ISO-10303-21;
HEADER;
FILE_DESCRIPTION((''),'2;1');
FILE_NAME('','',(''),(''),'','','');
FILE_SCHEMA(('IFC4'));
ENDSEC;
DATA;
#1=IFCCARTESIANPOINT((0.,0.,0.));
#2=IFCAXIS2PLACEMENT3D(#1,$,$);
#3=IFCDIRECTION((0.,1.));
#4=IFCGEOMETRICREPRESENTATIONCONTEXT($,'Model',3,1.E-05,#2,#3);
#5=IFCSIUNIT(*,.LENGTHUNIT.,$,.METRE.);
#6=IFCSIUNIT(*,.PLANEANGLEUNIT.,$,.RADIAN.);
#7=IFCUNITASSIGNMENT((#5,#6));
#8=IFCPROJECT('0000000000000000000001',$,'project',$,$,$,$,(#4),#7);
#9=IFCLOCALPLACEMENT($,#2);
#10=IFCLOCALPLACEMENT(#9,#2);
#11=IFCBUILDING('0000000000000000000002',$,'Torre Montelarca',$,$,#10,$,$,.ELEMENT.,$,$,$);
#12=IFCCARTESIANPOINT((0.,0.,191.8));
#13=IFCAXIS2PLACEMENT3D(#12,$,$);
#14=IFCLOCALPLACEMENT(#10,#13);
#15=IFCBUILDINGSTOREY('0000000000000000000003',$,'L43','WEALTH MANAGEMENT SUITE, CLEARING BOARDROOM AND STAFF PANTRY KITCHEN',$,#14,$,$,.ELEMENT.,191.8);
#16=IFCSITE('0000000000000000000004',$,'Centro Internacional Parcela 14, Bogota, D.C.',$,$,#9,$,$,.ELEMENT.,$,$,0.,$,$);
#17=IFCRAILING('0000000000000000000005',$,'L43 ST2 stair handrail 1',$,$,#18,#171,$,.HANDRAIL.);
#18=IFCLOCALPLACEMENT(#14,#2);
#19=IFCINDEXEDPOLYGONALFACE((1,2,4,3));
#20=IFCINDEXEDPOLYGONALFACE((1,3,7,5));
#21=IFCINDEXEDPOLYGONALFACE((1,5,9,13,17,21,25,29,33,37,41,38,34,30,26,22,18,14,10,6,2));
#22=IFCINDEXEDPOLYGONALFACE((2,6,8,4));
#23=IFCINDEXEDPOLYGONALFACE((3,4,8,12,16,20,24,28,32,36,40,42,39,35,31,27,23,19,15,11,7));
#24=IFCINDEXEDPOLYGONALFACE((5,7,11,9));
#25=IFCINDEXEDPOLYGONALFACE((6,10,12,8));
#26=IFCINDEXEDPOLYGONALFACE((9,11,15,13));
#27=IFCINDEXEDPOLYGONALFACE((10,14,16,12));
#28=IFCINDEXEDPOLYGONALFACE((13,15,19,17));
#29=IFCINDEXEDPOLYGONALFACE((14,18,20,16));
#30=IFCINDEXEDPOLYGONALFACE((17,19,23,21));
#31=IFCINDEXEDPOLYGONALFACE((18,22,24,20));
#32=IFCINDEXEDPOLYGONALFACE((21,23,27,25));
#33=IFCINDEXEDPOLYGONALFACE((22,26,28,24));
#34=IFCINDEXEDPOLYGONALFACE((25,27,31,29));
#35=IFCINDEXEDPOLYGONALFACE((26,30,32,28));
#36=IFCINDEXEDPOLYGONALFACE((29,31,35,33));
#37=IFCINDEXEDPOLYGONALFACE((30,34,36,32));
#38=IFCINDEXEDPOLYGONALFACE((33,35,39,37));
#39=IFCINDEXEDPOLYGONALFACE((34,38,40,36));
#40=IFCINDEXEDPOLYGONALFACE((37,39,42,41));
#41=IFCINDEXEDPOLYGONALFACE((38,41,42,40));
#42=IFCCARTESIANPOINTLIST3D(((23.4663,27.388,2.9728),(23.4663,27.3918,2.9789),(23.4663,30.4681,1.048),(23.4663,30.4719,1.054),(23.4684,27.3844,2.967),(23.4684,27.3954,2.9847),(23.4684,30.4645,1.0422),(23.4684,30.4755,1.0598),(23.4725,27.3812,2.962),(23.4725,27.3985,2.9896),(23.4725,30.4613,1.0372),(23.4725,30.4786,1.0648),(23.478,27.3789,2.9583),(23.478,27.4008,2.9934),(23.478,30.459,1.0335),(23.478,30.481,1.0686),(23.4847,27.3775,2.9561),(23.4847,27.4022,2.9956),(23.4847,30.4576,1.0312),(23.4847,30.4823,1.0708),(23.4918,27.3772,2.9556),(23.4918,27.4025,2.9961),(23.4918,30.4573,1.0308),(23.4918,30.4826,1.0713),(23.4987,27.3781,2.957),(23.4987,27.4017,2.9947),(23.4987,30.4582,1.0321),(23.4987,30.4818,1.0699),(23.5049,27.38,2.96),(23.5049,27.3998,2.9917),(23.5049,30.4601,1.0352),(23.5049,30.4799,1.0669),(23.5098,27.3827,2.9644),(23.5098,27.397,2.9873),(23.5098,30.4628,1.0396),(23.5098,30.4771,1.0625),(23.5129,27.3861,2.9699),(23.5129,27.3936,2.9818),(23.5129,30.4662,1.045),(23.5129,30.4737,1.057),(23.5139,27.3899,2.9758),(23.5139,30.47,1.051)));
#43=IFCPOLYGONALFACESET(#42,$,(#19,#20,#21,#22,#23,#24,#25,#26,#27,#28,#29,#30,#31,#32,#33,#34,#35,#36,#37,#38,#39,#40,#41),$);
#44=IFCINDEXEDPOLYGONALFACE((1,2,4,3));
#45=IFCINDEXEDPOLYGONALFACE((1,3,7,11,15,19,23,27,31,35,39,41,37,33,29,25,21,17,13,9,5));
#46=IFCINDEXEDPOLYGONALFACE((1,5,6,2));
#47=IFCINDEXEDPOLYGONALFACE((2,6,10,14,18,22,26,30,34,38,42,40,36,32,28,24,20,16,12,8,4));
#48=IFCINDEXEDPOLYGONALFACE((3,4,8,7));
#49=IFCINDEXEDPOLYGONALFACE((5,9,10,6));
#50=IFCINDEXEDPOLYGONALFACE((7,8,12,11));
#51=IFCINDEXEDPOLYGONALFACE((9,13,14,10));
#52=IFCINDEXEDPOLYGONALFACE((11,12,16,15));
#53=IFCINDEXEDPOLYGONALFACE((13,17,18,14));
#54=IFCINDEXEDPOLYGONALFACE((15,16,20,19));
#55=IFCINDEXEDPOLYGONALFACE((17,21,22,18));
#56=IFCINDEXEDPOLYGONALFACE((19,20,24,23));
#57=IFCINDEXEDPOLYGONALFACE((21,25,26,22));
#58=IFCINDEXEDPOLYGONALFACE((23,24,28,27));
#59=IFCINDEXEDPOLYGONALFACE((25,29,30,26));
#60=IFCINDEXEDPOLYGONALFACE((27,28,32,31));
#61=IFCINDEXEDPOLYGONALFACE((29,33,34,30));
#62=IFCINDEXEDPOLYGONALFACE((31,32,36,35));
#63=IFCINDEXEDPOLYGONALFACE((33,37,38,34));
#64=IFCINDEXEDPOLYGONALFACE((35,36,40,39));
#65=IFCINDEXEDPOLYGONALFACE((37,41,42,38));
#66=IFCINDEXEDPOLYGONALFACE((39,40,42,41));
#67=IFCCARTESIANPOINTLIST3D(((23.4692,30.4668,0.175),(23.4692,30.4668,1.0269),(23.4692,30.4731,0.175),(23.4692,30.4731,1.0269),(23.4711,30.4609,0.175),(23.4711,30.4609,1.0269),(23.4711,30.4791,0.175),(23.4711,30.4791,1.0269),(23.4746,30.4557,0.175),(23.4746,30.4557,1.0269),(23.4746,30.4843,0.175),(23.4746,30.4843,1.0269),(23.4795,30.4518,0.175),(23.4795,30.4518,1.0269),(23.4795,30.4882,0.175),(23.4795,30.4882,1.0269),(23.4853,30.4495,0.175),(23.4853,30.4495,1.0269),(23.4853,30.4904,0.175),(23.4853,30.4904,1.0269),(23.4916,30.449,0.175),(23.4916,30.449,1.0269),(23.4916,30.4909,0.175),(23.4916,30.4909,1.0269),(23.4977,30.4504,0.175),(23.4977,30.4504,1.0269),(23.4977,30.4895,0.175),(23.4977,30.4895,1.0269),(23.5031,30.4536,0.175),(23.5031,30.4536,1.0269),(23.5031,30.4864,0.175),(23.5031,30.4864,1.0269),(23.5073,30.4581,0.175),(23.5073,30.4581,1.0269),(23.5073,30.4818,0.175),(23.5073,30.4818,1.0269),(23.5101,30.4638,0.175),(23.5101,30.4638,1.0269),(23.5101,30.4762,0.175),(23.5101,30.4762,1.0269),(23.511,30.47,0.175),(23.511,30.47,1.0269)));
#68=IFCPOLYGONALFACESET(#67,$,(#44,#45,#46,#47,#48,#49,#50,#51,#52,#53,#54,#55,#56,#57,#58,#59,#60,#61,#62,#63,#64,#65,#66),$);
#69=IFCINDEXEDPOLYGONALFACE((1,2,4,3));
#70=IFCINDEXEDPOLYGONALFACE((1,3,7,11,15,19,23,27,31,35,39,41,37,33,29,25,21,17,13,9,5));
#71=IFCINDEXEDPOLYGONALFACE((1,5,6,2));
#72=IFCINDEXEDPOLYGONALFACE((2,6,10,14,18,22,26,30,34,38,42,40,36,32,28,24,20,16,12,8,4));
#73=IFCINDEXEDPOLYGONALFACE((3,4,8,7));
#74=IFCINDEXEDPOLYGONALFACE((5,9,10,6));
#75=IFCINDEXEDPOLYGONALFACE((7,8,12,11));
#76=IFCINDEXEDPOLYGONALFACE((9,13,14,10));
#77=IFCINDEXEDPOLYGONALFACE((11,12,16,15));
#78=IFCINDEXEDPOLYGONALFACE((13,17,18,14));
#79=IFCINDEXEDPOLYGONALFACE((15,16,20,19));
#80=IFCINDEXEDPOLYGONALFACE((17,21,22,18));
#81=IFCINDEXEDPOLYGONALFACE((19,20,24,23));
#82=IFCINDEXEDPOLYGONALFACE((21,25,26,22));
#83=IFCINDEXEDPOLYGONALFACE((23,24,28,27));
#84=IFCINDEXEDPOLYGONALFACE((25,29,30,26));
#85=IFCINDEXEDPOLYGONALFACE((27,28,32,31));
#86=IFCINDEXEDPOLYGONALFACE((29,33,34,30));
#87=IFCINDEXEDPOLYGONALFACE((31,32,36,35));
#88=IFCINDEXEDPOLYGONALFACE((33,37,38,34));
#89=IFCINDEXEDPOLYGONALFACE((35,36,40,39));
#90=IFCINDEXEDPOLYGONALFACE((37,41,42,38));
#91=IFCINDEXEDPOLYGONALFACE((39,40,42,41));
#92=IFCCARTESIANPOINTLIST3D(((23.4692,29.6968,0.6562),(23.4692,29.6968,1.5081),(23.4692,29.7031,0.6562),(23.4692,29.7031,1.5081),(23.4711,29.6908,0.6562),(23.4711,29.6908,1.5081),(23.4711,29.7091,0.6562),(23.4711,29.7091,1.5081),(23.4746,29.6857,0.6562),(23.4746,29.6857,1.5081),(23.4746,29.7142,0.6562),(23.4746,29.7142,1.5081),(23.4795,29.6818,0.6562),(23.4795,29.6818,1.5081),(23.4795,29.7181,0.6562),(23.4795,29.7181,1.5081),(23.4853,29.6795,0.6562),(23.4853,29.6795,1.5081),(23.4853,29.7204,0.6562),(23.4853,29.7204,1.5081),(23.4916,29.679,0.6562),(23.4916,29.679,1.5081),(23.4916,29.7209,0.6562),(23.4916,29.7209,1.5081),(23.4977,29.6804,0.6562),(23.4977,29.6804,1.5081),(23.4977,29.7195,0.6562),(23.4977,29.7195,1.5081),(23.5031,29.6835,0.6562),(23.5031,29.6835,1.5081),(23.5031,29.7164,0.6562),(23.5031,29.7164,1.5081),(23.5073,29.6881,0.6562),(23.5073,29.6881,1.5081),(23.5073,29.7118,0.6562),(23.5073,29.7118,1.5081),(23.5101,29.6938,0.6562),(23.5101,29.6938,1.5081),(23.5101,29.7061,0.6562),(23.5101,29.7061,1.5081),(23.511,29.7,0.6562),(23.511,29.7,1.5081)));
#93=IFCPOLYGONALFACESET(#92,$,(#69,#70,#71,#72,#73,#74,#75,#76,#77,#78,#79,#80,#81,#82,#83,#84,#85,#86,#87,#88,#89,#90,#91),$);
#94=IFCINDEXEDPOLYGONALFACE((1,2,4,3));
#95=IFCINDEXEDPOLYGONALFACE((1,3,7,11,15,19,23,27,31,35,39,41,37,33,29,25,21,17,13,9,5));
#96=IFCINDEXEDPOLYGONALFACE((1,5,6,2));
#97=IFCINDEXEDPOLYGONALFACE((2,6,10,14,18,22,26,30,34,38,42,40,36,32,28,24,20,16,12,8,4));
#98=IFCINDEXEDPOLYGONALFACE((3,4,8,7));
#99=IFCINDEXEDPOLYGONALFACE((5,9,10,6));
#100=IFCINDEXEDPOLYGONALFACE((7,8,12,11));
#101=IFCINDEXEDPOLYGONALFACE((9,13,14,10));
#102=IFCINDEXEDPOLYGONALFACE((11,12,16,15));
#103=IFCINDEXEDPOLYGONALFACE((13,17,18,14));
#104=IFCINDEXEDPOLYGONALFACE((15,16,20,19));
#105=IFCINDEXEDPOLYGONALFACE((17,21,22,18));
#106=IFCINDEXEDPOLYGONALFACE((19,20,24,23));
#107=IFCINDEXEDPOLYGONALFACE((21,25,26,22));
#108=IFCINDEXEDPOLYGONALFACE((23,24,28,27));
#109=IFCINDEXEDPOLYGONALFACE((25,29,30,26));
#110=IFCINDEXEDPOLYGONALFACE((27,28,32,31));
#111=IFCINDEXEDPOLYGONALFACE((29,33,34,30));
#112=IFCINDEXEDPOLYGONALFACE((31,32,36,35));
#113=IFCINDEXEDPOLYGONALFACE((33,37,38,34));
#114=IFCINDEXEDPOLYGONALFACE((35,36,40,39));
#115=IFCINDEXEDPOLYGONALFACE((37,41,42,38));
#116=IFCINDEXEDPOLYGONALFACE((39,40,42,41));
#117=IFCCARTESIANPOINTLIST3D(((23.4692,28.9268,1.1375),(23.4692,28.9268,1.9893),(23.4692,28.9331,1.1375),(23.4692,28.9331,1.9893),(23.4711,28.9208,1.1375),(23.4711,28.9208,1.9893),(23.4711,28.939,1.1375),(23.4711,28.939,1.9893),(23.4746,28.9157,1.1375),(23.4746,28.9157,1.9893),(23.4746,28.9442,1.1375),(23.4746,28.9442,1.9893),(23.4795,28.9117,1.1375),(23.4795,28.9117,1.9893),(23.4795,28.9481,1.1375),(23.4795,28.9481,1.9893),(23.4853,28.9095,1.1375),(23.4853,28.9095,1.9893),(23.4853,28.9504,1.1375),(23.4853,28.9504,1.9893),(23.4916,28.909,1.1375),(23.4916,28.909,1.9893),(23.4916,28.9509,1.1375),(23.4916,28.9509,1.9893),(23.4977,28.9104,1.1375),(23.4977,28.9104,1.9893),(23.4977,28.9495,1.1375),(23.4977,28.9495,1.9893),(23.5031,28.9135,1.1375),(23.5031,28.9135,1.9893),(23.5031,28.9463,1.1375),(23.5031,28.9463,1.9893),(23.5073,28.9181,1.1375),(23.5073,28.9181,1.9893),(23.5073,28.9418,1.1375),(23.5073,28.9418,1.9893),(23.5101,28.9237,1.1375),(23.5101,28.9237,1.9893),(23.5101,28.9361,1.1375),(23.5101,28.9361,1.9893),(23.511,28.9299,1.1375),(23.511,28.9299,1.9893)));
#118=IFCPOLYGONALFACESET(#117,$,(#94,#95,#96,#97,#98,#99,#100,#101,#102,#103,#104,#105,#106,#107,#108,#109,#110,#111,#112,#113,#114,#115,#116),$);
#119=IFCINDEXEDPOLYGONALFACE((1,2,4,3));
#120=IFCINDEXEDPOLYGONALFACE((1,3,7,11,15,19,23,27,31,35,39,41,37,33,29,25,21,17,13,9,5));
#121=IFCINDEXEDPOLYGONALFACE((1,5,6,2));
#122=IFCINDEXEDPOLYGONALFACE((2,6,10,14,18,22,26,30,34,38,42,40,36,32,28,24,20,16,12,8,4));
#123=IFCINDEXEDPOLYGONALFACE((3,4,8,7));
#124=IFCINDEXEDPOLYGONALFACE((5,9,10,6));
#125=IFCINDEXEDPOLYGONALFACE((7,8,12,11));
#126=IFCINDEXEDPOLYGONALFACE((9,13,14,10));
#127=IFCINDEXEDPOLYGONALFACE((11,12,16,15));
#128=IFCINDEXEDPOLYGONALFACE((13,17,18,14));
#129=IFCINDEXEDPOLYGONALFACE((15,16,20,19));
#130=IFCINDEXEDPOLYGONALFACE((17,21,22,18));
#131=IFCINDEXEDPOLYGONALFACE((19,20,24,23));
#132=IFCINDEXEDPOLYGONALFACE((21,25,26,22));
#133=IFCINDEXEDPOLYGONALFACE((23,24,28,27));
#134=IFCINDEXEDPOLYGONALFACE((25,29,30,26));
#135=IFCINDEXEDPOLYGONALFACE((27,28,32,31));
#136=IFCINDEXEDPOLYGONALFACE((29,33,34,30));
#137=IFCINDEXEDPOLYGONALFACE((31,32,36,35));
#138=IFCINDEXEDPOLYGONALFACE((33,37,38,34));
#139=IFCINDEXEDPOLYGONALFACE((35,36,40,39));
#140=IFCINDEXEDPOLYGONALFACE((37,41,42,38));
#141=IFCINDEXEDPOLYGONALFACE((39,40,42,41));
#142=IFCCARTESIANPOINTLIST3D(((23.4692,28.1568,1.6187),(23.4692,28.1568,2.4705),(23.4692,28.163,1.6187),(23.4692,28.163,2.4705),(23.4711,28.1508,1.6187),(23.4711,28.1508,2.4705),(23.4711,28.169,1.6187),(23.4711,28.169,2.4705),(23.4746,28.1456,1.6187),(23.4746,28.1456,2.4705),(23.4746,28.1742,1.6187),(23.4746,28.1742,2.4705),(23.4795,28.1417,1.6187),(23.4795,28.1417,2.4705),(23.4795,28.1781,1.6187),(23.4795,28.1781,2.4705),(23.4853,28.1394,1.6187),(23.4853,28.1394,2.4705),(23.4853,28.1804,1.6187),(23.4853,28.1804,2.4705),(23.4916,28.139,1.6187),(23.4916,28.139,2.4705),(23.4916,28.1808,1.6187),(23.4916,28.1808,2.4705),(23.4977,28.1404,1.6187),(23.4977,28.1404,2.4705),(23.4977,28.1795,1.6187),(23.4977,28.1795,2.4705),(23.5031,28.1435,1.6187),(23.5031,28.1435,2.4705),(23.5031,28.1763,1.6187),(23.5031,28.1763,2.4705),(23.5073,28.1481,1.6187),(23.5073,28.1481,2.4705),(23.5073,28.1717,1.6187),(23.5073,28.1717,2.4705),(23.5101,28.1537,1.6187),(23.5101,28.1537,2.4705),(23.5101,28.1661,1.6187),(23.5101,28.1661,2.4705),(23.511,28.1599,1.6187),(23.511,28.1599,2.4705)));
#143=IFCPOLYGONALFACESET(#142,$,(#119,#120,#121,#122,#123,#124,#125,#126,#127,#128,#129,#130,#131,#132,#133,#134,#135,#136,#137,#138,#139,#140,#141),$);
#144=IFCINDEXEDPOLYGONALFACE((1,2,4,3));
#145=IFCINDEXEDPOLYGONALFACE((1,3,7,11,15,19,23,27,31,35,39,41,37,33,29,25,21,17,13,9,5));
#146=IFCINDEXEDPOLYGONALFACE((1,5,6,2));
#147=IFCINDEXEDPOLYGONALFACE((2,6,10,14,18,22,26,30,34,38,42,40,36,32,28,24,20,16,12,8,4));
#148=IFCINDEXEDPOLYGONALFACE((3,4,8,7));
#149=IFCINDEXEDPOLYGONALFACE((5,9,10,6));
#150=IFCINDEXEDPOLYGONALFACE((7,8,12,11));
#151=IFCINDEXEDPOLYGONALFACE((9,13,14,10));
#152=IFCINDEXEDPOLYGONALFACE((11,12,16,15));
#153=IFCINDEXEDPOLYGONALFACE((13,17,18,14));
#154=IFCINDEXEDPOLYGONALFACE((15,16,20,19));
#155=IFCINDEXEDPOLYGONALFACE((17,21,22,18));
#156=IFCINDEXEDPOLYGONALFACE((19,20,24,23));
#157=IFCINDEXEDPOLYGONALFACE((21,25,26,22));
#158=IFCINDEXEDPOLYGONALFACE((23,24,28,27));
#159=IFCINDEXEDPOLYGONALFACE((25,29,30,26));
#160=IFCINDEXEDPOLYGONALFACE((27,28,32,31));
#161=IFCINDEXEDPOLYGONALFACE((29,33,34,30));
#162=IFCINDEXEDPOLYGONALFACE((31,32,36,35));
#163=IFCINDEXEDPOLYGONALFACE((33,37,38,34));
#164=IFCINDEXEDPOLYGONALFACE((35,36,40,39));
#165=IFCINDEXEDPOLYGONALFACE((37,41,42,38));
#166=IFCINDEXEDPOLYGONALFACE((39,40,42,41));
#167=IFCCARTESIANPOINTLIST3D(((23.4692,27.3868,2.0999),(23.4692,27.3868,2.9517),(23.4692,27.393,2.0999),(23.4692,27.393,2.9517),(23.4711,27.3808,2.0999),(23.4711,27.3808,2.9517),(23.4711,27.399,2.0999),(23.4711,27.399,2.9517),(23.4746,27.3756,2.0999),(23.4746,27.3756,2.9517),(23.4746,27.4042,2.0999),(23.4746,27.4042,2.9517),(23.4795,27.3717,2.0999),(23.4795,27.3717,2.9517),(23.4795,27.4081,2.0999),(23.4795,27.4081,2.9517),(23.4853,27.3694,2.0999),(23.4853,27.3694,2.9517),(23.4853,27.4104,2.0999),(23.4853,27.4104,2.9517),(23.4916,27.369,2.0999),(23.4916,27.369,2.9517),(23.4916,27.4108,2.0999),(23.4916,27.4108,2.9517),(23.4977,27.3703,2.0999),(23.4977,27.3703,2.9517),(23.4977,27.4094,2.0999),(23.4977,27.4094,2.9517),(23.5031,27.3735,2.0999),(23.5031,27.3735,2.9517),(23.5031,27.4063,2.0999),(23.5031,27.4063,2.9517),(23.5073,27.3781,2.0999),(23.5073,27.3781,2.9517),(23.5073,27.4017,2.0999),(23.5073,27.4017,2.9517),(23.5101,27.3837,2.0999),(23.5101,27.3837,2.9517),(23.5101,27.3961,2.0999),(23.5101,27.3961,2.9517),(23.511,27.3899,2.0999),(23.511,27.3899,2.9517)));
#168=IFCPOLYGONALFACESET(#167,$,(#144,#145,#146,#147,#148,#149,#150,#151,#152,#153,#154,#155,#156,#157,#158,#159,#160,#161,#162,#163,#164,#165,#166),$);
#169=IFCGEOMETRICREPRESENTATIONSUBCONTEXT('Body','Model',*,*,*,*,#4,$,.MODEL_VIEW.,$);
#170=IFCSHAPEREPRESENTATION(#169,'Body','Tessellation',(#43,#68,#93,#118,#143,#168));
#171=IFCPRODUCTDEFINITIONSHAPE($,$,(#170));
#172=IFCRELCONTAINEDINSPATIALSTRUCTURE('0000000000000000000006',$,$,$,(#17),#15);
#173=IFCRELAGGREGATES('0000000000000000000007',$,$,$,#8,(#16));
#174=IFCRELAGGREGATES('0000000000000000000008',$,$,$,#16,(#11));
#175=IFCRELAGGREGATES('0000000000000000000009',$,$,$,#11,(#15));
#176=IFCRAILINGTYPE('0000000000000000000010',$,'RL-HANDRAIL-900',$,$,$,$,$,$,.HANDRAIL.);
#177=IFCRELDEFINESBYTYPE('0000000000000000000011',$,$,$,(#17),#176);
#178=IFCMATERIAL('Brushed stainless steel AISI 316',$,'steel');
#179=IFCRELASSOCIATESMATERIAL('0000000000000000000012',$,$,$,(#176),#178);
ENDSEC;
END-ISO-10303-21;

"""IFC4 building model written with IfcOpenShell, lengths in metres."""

from ifc_helpers import new_model, si_unit, direction, frame, origin, origin_2d, place, context, subcontext, project, spatial, circle, extrude, material, type_object, element, save


model = new_model("IFC4")

# Units and contexts
model_context = context("Model", 3, precision=1e-05, world=origin(), true_north=direction((0.0, 1.0)))
body_context = subcontext(model_context, "Body", "Model", "MODEL_VIEW")
ifc_project = project(units=[si_unit("LENGTHUNIT", "METRE"), si_unit("PLANEANGLEUNIT", "RADIAN")], contexts=[model_context])

# Site, building, storey
site_placement = place(None, origin())
site = spatial("IfcSite", under=ifc_project, at=site_placement, Name="Centro Internacional Parcela 14, Bogota, D.C.", CompositionType="ELEMENT", RefElevation=0.0)
building_placement = place(site_placement, origin())
building = spatial("IfcBuilding", under=site, at=building_placement, Name="Torre Montelarca", CompositionType="ELEMENT")
storey_placement = place(building_placement, frame((0.0, 0.0, 191.8)))
storey = spatial("IfcBuildingStorey", under=building, at=storey_placement, Name="L43", Description="WEALTH MANAGEMENT SUITE, CLEARING BOARDROOM AND STAFF PANTRY KITCHEN", CompositionType="ELEMENT", Elevation=191.8)

# Shared definitions
ifc_material_1 = material(Name="Brushed stainless steel AISI 316", Category="steel")

# Railing
railing_type_1 = type_object("IfcRailingType", Name="RL-HANDRAIL-900", PredefinedType="HANDRAIL", material=ifc_material_1)
railing_1_placement = place(storey_placement, frame((23.49, 30.47, 0.175)))
element("IfcRailing", 1, at=railing_1_placement, inside=storey, type_object=railing_type_1, Name="L43 ST2 stair handrail 1", PredefinedType="HANDRAIL", context=body_context, shape_type="SweptSolid", body=[
    extrude(circle(Radius=0.0239, at=origin_2d()), frame((0.0, 0.0, 0.876), z_axis=(0.0, -0.848029, 0.529951), x_axis=(1.0, 0.0, 0.0)), (0.0, 0.0, 1.0), 3.6321),
    extrude(circle(Radius=0.021, at=origin_2d()), origin(), (0.0, 0.0, 1.0), 0.8518),
    extrude(circle(Radius=0.021, at=origin_2d()), frame((0.0, -0.77, 0.4812)), (0.0, 0.0, 1.0), 0.8518),
    extrude(circle(Radius=0.021, at=origin_2d()), frame((0.0, -1.54, 0.9624)), (0.0, 0.0, 1.0), 0.8518),
    extrude(circle(Radius=0.021, at=origin_2d()), frame((0.0, -2.3101, 1.4436)), (0.0, 0.0, 1.0), 0.8518),
    extrude(circle(Radius=0.021, at=origin_2d()), frame((0.0, -3.0801, 1.9248)), (0.0, 0.0, 1.0), 0.8518),
])

save(model, "model.ifc")
